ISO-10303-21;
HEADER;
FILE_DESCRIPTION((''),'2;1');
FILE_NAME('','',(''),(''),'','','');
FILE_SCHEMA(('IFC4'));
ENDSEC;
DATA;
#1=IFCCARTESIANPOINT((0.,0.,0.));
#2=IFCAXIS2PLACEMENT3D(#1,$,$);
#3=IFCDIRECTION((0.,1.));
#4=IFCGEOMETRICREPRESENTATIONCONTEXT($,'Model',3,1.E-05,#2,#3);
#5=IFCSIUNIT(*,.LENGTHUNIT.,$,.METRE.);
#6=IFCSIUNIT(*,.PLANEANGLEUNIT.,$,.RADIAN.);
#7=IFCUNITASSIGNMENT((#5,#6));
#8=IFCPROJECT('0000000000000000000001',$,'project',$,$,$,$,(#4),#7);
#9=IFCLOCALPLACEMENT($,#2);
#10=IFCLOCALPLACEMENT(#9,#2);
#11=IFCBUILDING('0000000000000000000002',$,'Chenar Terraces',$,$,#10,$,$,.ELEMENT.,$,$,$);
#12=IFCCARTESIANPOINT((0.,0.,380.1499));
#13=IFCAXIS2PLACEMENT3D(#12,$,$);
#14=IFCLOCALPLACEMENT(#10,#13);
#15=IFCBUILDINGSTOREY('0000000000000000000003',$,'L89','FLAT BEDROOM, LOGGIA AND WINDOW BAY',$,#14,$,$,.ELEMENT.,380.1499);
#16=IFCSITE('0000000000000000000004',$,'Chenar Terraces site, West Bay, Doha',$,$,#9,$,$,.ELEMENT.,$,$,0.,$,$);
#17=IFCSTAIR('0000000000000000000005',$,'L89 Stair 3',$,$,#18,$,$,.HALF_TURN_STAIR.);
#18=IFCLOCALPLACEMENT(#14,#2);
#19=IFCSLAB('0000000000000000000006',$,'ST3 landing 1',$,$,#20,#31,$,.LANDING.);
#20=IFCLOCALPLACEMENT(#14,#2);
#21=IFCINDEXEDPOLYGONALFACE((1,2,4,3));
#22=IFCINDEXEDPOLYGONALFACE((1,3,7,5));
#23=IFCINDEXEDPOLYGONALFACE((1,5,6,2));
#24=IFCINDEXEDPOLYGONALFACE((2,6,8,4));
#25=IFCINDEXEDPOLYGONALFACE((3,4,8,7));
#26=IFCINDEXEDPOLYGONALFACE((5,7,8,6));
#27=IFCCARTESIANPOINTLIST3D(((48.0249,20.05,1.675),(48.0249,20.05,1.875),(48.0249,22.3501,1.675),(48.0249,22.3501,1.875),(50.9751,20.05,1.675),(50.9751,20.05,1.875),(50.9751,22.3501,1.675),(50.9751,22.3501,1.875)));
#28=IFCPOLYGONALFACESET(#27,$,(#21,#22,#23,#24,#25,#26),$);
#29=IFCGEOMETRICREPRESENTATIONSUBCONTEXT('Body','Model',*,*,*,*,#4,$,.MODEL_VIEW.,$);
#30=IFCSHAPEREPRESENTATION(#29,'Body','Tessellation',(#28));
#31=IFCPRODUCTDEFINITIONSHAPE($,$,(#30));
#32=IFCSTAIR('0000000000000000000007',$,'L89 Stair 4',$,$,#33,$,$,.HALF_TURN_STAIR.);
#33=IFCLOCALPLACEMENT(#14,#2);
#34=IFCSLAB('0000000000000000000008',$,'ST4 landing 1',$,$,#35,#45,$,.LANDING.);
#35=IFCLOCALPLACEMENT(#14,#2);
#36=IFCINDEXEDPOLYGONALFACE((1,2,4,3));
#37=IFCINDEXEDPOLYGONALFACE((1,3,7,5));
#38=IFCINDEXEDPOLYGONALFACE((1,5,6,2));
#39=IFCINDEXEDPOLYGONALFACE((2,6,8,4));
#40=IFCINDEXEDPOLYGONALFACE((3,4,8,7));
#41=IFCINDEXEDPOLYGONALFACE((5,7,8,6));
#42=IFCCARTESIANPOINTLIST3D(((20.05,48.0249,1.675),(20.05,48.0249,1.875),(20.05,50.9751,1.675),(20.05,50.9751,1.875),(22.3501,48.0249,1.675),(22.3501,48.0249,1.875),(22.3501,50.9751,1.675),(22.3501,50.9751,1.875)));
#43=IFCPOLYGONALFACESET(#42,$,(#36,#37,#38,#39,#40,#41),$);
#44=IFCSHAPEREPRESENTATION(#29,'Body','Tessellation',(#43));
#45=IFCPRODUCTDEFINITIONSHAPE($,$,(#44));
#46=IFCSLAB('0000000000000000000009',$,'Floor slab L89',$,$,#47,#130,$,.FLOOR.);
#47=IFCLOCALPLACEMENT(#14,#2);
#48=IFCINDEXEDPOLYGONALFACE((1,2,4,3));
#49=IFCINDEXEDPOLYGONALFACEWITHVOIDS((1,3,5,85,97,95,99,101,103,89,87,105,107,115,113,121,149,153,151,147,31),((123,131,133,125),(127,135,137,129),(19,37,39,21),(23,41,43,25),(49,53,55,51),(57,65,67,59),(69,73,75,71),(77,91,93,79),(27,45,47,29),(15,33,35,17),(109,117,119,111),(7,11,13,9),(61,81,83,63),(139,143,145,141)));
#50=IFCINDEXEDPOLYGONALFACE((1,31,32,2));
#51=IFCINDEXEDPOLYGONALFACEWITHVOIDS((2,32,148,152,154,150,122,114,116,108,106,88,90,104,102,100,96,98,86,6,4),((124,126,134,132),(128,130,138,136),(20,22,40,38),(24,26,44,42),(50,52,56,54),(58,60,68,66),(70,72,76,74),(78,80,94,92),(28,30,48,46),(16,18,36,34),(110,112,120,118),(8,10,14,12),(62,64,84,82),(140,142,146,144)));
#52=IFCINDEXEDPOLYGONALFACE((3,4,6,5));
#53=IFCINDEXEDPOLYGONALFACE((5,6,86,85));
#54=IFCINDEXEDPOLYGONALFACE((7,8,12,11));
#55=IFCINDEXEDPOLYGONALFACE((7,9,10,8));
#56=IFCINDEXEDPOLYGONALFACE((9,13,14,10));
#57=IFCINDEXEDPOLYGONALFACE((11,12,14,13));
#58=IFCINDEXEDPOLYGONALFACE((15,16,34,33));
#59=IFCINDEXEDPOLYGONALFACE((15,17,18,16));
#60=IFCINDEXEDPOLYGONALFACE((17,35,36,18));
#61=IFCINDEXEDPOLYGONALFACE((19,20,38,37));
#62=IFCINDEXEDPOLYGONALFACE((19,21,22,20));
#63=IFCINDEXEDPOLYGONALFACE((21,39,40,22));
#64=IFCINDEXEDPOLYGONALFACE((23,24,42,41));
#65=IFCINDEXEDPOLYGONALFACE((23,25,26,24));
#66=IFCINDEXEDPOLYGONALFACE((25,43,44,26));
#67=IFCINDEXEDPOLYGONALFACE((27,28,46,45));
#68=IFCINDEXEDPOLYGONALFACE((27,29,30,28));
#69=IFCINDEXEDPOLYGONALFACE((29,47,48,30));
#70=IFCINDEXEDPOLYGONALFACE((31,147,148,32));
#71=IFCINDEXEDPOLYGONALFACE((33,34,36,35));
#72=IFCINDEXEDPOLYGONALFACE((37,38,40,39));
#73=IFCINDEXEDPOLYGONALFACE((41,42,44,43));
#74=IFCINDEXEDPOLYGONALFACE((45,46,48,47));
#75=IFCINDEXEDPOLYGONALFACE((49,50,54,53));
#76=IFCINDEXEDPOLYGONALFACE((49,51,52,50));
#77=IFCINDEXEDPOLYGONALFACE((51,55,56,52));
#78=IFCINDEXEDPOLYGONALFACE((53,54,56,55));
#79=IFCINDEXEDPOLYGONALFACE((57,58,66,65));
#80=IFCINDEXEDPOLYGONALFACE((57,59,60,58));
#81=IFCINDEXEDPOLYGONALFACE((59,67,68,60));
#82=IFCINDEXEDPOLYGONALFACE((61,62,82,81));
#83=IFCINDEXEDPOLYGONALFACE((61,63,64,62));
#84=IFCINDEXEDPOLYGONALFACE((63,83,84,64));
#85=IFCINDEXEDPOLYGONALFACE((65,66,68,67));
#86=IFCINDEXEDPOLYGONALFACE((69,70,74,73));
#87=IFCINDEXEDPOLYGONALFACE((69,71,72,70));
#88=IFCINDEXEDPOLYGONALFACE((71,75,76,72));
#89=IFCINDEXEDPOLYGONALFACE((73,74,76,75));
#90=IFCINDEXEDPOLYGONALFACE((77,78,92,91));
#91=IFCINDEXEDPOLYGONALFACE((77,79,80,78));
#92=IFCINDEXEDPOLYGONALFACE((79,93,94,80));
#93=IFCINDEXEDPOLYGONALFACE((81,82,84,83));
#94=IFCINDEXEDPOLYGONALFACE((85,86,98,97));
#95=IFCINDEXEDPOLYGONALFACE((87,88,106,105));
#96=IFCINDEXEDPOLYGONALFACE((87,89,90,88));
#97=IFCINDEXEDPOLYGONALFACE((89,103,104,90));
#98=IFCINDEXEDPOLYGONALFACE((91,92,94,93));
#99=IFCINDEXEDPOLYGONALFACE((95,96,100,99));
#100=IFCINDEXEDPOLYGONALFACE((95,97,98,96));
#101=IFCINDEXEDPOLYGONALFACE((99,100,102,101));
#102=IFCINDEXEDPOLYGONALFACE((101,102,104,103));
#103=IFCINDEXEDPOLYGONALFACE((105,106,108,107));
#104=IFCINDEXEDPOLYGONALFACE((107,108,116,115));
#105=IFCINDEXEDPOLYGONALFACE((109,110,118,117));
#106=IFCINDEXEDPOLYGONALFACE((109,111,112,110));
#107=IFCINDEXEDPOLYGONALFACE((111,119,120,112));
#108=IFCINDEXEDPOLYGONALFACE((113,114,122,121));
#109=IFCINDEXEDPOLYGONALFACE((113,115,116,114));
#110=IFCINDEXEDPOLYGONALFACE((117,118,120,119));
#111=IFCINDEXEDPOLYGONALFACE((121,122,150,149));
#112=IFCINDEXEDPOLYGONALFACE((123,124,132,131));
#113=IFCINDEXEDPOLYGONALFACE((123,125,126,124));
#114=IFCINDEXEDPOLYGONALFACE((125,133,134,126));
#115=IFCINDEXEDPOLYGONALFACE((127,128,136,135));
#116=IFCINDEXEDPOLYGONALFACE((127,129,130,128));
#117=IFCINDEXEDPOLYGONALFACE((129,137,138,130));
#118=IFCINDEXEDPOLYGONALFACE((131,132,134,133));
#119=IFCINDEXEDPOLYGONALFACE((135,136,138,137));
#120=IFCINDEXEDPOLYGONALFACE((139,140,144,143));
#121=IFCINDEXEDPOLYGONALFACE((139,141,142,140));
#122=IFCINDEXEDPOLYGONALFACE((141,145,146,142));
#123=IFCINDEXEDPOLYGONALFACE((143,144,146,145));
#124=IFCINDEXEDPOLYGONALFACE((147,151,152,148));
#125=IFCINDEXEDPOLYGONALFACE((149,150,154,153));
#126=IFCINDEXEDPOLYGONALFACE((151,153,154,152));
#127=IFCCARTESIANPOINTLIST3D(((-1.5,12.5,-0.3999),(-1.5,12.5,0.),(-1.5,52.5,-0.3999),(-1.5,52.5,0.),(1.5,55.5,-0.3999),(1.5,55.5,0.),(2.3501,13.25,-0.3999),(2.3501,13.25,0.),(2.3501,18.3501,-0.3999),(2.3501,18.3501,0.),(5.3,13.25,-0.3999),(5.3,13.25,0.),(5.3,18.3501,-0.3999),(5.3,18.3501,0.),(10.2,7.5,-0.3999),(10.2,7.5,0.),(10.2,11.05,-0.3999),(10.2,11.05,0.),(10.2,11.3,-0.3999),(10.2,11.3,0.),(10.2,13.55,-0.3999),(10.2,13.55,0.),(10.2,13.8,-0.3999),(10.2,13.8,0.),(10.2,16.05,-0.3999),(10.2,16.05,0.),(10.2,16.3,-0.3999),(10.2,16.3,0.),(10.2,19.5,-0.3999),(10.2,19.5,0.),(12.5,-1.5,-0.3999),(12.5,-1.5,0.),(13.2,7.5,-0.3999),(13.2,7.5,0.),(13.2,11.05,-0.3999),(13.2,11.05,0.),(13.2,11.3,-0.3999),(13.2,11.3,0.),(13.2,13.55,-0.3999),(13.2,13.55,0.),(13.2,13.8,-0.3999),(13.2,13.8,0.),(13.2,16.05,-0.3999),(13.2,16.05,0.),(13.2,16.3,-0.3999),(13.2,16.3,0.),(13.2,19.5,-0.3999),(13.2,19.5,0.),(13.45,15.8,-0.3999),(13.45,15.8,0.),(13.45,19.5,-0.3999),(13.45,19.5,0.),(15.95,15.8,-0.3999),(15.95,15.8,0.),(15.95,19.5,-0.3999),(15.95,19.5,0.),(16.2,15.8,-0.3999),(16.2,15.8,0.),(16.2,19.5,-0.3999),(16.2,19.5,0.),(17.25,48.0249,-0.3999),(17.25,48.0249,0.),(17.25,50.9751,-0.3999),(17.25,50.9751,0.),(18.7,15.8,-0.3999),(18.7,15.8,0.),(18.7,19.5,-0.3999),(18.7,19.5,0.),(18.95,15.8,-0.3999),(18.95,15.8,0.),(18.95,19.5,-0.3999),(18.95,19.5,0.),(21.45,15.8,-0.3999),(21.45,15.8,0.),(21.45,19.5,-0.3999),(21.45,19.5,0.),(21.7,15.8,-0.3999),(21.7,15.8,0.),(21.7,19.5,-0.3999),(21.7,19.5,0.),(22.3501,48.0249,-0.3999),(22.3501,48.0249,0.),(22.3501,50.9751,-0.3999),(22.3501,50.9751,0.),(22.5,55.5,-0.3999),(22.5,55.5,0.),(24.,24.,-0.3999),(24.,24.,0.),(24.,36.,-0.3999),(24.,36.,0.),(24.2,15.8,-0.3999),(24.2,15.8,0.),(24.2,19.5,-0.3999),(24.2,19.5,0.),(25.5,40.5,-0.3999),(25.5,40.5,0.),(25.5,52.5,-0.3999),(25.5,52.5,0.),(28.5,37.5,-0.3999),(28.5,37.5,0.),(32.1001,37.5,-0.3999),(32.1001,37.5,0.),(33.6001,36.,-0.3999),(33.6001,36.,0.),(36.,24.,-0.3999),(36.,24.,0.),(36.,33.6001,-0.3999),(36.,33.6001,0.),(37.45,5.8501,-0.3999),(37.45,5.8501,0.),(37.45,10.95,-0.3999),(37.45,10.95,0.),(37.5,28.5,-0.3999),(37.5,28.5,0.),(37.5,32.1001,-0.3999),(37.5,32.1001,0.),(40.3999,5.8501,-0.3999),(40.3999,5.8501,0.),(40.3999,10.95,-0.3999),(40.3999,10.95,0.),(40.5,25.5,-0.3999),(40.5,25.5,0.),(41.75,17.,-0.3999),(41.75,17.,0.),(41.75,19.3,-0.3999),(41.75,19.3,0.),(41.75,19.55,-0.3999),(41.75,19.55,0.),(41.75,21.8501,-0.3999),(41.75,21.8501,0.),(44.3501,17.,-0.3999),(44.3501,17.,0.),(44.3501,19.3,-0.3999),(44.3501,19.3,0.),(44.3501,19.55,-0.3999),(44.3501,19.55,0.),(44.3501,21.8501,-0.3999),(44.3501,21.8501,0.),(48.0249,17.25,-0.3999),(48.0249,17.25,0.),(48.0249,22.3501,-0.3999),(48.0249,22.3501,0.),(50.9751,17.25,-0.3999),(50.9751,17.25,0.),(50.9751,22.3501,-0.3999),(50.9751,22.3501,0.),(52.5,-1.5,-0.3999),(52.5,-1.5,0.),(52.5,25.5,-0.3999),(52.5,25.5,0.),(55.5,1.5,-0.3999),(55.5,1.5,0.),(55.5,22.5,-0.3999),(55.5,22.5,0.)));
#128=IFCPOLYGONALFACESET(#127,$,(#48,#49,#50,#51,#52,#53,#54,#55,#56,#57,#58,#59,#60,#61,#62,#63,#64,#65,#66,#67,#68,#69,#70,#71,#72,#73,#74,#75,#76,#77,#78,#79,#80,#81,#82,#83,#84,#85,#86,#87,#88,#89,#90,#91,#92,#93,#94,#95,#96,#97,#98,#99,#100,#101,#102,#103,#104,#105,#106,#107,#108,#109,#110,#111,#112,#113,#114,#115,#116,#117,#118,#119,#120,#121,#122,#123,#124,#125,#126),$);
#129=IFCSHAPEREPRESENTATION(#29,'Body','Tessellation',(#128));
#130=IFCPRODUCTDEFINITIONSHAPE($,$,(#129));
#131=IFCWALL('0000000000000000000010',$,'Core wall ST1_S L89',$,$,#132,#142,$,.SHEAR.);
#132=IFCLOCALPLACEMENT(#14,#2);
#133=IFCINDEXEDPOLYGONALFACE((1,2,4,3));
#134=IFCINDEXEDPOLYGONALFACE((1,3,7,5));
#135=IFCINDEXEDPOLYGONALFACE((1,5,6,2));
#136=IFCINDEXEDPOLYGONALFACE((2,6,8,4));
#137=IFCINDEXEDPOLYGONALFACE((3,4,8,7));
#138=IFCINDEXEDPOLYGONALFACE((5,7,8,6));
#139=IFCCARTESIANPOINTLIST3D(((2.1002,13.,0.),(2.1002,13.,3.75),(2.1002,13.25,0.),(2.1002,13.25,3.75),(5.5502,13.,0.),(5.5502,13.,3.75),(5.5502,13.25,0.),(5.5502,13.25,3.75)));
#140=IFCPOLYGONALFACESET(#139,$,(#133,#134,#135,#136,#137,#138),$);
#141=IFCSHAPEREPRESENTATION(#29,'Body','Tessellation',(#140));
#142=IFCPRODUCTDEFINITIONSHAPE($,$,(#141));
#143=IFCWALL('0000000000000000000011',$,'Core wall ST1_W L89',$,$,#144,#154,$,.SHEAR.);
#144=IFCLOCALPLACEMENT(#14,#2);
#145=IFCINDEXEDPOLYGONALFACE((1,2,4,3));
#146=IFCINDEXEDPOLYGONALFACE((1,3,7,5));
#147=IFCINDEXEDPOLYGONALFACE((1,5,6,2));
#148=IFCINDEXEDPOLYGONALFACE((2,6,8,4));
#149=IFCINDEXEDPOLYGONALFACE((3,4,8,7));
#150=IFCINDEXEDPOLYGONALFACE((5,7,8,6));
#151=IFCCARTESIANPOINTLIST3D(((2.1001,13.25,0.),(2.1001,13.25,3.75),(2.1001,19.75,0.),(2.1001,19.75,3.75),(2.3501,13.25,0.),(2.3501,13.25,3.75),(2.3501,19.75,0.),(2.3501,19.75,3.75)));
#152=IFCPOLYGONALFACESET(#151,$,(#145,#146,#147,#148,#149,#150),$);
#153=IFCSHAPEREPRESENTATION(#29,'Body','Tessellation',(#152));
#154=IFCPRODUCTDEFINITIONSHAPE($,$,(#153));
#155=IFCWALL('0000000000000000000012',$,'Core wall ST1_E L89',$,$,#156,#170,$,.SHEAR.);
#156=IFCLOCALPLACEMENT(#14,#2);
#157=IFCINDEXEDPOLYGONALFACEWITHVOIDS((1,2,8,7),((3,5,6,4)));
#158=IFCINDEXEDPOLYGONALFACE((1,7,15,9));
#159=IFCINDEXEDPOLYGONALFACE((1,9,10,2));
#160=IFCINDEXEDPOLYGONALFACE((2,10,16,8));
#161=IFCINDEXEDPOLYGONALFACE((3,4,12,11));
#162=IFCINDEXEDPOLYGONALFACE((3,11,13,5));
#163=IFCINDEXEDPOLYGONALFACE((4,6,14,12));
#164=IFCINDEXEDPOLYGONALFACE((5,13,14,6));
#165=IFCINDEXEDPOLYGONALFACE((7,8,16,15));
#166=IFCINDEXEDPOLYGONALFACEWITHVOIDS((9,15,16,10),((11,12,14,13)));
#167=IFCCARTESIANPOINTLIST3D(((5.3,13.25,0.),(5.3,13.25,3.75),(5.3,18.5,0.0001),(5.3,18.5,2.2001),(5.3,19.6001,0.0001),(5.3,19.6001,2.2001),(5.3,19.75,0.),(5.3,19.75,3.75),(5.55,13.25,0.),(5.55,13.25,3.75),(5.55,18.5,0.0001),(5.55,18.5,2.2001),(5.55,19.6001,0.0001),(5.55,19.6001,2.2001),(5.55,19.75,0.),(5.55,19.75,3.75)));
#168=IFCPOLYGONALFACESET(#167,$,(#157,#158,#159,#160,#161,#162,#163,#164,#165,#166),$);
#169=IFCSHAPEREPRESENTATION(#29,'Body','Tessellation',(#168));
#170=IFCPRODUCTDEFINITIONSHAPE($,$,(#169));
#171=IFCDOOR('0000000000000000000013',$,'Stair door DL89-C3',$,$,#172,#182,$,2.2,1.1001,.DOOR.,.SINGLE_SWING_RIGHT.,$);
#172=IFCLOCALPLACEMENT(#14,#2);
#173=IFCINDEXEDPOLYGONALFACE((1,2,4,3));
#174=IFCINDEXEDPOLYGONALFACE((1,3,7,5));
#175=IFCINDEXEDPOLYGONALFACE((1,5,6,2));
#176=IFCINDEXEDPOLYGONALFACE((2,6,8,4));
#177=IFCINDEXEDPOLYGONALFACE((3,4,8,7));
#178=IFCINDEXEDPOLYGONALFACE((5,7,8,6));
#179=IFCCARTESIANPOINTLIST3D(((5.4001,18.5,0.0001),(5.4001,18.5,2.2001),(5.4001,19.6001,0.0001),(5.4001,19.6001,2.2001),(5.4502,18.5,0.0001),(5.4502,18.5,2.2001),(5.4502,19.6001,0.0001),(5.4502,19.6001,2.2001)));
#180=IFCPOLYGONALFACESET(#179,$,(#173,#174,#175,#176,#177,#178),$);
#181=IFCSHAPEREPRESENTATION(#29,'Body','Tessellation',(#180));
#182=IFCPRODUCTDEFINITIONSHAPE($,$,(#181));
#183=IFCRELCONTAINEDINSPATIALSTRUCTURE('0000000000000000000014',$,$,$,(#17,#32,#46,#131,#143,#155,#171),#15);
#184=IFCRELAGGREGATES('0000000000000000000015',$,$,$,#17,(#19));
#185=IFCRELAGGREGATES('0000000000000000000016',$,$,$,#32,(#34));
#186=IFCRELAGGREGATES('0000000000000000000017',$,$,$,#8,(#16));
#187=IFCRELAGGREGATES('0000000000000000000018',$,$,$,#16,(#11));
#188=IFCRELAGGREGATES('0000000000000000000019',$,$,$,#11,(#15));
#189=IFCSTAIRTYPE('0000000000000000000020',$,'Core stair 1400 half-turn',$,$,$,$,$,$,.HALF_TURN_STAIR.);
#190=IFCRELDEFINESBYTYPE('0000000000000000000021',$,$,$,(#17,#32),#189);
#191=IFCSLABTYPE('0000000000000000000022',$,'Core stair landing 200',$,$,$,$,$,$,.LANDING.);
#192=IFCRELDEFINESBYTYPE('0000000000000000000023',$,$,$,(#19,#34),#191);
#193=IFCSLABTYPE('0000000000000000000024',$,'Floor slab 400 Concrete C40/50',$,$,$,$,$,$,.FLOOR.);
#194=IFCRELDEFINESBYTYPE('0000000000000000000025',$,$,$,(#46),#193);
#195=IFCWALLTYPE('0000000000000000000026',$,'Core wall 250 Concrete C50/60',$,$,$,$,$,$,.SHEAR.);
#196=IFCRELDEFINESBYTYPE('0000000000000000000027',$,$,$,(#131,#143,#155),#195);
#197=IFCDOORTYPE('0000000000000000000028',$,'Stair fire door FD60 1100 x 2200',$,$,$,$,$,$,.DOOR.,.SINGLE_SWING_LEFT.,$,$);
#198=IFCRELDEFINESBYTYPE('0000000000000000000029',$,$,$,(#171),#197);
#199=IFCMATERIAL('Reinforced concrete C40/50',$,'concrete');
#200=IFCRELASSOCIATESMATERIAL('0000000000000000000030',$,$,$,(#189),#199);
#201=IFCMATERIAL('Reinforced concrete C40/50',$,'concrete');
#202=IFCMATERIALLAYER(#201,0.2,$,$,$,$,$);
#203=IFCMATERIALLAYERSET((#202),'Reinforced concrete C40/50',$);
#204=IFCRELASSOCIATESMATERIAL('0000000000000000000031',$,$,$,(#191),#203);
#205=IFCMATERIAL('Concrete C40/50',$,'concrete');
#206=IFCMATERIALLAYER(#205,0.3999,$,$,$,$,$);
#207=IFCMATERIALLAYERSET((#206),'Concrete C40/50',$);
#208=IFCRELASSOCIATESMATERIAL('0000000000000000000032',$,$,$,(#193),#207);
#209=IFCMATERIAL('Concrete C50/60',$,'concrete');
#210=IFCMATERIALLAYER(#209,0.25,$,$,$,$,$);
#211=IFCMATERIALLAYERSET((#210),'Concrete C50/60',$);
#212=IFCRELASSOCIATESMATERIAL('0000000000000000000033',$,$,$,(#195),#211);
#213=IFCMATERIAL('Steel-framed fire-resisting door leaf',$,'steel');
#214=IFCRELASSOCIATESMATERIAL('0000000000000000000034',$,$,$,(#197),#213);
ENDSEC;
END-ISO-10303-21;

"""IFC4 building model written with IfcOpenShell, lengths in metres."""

from ifc_helpers import new_model, si_unit, direction, frame, frame_2d, origin, place, context, subcontext, project, spatial, polyline, rectangle, outline, extrude, material, layer, layer_set, type_object, element, fill, aggregate, save


model = new_model("IFC4")

# Units and contexts
model_context = context("Model", 3, precision=1e-05, world=origin(), true_north=direction((0.0, 1.0)))
body_context = subcontext(model_context, "Body", "Model", "MODEL_VIEW")
ifc_project = project(units=[si_unit("LENGTHUNIT", "METRE"), si_unit("PLANEANGLEUNIT", "RADIAN")], contexts=[model_context])

# Site, building, storey
site_placement = place(None, origin())
site = spatial("IfcSite", under=ifc_project, at=site_placement, Name="Chenar Terraces site, West Bay, Doha", CompositionType="ELEMENT", RefElevation=0.0)
building_placement = place(site_placement, origin())
building = spatial("IfcBuilding", under=site, at=building_placement, Name="Chenar Terraces", CompositionType="ELEMENT")
storey_placement = place(building_placement, frame((0.0, 0.0, 380.1499)))
storey = spatial("IfcBuildingStorey", under=building, at=storey_placement, Name="L89", Description="FLAT BEDROOM, LOGGIA AND WINDOW BAY", CompositionType="ELEMENT", Elevation=380.1499)

# Stairs, slabs
ifc_material_1 = material(Name="Reinforced concrete C40/50", Category="concrete")
stair_type = type_object("IfcStairType", Name="Core stair 1400 half-turn", PredefinedType="HALF_TURN_STAIR", material=ifc_material_1)
placement_1 = place(storey_placement, origin())
stair_1 = element("IfcStair", 1, at=placement_1, inside=storey, type_object=stair_type, Name="L89 Stair 3", PredefinedType="HALF_TURN_STAIR")
ifc_material_2 = material(Name="Reinforced concrete C40/50", Category="concrete")
ifc_layer_1 = layer(ifc_material_2, 0.2)
ifc_layer_set_1 = layer_set([ifc_layer_1], Name="Reinforced concrete C40/50")
slab_type_1 = type_object("IfcSlabType", Name="Core stair landing 200", PredefinedType="LANDING", material=ifc_layer_set_1)
placement_2 = place(storey_placement, frame((0.0, 0.0, 1.675)))
slab_1 = element("IfcSlab", 2, at=placement_2, type_object=slab_type_1, Name="ST3 landing 1", PredefinedType="LANDING", context=body_context, shape_type="SweptSolid", body=[
    extrude(outline(polyline([(50.9751, 20.05), (50.9751, 22.3501), (48.0249, 22.3501), (48.0249, 20.05), (50.9751, 20.05)])), origin(), (0.0, 0.0, 1.0), 0.2),
])
aggregate(stair_1, [slab_1])
stair_2 = element("IfcStair", 3, at=placement_1, inside=storey, type_object=stair_type, Name="L89 Stair 4", PredefinedType="HALF_TURN_STAIR")
slab_2 = element("IfcSlab", 4, at=placement_2, type_object=slab_type_1, Name="ST4 landing 1", PredefinedType="LANDING", context=body_context, shape_type="SweptSolid", body=[
    extrude(outline(polyline([(20.05, 48.0249), (22.3501, 48.0249), (22.3501, 50.9751), (20.05, 50.9751), (20.05, 48.0249)])), origin(), (0.0, 0.0, 1.0), 0.2),
])
aggregate(stair_2, [slab_2])

# Slab
ifc_material_3 = material(Name="Concrete C40/50", Category="concrete")
ifc_layer_2 = layer(ifc_material_3, 0.3999)
ifc_layer_set_2 = layer_set([ifc_layer_2], Name="Concrete C40/50")
slab_type_2 = type_object("IfcSlabType", Name="Floor slab 400 Concrete C40/50", PredefinedType="FLOOR", material=ifc_layer_set_2)
slab_3_placement = place(storey_placement, frame((0.0, 0.0, -0.3999)))
element("IfcSlab", 5, at=slab_3_placement, inside=storey, type_object=slab_type_2, Name="Floor slab L89", PredefinedType="FLOOR", context=body_context, shape_type="SweptSolid", body=[
    extrude(outline(polyline([(55.5, 22.5), (55.5, 1.5), (52.5, -1.5), (12.5, -1.5), (-1.5, 12.5), (-1.5, 52.5), (1.5, 55.5), (22.5, 55.5), (25.5, 52.5), (25.5, 40.5), (28.5, 37.5), (32.1001, 37.5), (33.6001, 36.0), (24.0, 36.0), (24.0, 24.0), (36.0, 24.0), (36.0, 33.6001), (37.5, 32.1001), (37.5, 28.5), (40.5, 25.5), (52.5, 25.5), (55.5, 22.5)]), holes=[polyline([(10.2, 11.05), (10.2, 7.5), (13.2, 7.5), (13.2, 11.05), (10.2, 11.05)]), polyline([(13.2, 13.55), (10.2, 13.55), (10.2, 11.3), (13.2, 11.3), (13.2, 13.55)]), polyline([(13.2, 16.05), (10.2, 16.05), (10.2, 13.8), (13.2, 13.8), (13.2, 16.05)]), polyline([(2.3501, 13.25), (5.3, 13.25), (5.3, 18.3501), (2.3501, 18.3501), (2.3501, 13.25)]), polyline([(15.95, 19.5), (13.45, 19.5), (13.45, 15.8), (15.95, 15.8), (15.95, 19.5)]), polyline([(18.7, 19.5), (16.2, 19.5), (16.2, 15.8), (18.7, 15.8), (18.7, 19.5)]), polyline([(13.2, 19.5), (10.2, 19.5), (10.2, 16.3), (13.2, 16.3), (13.2, 19.5)]), polyline([(22.3501, 48.0249), (22.3501, 50.9751), (17.25, 50.9751), (17.25, 48.0249), (22.3501, 48.0249)]), polyline([(37.45, 5.8501), (40.3999, 5.8501), (40.3999, 10.95), (37.45, 10.95), (37.45, 5.8501)]), polyline([(21.45, 19.5), (18.95, 19.5), (18.95, 15.8), (21.45, 15.8), (21.45, 19.5)]), polyline([(24.2, 19.5), (21.7, 19.5), (21.7, 15.8), (24.2, 15.8), (24.2, 19.5)]), polyline([(44.3501, 19.3), (41.75, 19.3), (41.75, 17.0), (44.3501, 17.0), (44.3501, 19.3)]), polyline([(50.9751, 22.3501), (48.0249, 22.3501), (48.0249, 17.25), (50.9751, 17.25), (50.9751, 22.3501)]), polyline([(44.3501, 21.8501), (41.75, 21.8501), (41.75, 19.55), (44.3501, 19.55), (44.3501, 21.8501)])]), origin(), (0.0, 0.0, 1.0), 0.3999),
])

# Walls
ifc_material_4 = material(Name="Concrete C50/60", Category="concrete")
ifc_layer_3 = layer(ifc_material_4, 0.25)
ifc_layer_set_3 = layer_set([ifc_layer_3], Name="Concrete C50/60")
wall_type_1 = type_object("IfcWallType", Name="Core wall 250 Concrete C50/60", PredefinedType="SHEAR", material=ifc_layer_set_3)
wall_1_placement = place(storey_placement, frame((2.1001, 13.125, 0.0), z_axis=(0.0, 0.0, 1.0), x_axis=(1.0, 0.0, 0.0)))
element("IfcWall", 6, at=wall_1_placement, inside=storey, type_object=wall_type_1, Name="Core wall ST1_S L89", PredefinedType="SHEAR", context=body_context, shape_type="SweptSolid", body=[
    extrude(rectangle(XDim=3.45, YDim=0.25, at=frame_2d((1.7251, 0.0))), origin(), (0.0, 0.0, 1.0), 3.75),
])
wall_2_placement = place(storey_placement, frame((2.2251, 13.25, 0.0), z_axis=(0.0, 0.0, 1.0), x_axis=(0.0, 1.0, 0.0)))
element("IfcWall", 7, at=wall_2_placement, inside=storey, type_object=wall_type_1, Name="Core wall ST1_W L89", PredefinedType="SHEAR", context=body_context, shape_type="SweptSolid", body=[
    extrude(rectangle(XDim=6.5, YDim=0.25, at=frame_2d((3.25, 0.0))), origin(), (0.0, 0.0, 1.0), 3.75),
])

# Wall, opening, door
wall_3_placement = place(storey_placement, frame((5.425, 13.25, 0.0), z_axis=(0.0, 0.0, 1.0), x_axis=(0.0, 1.0, 0.0)))
wall_3 = element("IfcWall", 8, at=wall_3_placement, inside=storey, type_object=wall_type_1, Name="Core wall ST1_E L89", PredefinedType="SHEAR", context=body_context, shape_type="SweptSolid", body=[
    extrude(rectangle(XDim=6.5, YDim=0.25, at=frame_2d((3.25, 0.0))), origin(), (0.0, 0.0, 1.0), 3.75),
])
opening_1_placement = place(wall_3_placement, frame((5.25, 0.0, 0.0)))
opening_1 = element("IfcOpeningElement", 9, at=opening_1_placement, cuts=wall_3, PredefinedType="OPENING", context=body_context, shape_type="SweptSolid", body=[
    extrude(rectangle(XDim=1.1001, YDim=2.2, at=frame_2d((0.55, 1.1001))), frame((0.0, 0.135, 0.0), z_axis=(0.0, -1.0, 0.0), x_axis=(1.0, 0.0, 0.0)), (0.0, 0.0, 1.0), 0.27),
])
ifc_material_5 = material(Name="Steel-framed fire-resisting door leaf", Category="steel")
door_type_1 = type_object("IfcDoorType", Name="Stair fire door FD60 1100 x 2200", OperationType="SINGLE_SWING_LEFT", PredefinedType="DOOR", material=ifc_material_5)
door_1_placement = place(opening_1_placement, origin())
door_1 = element("IfcDoor", 10, at=door_1_placement, inside=storey, type_object=door_type_1, Name="Stair door DL89-C3", OperationType="SINGLE_SWING_RIGHT", OverallHeight=2.2, OverallWidth=1.1001, PredefinedType="DOOR", context=body_context, shape_type="SweptSolid", body=[
    extrude(rectangle(XDim=1.1001, YDim=2.2, at=frame_2d((0.55, 1.1001))), frame((0.0, 0.0249, 0.0), z_axis=(0.0, -1.0, 0.0), x_axis=(1.0, 0.0, 0.0)), (0.0, 0.0, 1.0), 0.05),
])
fill(opening_1, door_1)

save(model, "model.ifc")
